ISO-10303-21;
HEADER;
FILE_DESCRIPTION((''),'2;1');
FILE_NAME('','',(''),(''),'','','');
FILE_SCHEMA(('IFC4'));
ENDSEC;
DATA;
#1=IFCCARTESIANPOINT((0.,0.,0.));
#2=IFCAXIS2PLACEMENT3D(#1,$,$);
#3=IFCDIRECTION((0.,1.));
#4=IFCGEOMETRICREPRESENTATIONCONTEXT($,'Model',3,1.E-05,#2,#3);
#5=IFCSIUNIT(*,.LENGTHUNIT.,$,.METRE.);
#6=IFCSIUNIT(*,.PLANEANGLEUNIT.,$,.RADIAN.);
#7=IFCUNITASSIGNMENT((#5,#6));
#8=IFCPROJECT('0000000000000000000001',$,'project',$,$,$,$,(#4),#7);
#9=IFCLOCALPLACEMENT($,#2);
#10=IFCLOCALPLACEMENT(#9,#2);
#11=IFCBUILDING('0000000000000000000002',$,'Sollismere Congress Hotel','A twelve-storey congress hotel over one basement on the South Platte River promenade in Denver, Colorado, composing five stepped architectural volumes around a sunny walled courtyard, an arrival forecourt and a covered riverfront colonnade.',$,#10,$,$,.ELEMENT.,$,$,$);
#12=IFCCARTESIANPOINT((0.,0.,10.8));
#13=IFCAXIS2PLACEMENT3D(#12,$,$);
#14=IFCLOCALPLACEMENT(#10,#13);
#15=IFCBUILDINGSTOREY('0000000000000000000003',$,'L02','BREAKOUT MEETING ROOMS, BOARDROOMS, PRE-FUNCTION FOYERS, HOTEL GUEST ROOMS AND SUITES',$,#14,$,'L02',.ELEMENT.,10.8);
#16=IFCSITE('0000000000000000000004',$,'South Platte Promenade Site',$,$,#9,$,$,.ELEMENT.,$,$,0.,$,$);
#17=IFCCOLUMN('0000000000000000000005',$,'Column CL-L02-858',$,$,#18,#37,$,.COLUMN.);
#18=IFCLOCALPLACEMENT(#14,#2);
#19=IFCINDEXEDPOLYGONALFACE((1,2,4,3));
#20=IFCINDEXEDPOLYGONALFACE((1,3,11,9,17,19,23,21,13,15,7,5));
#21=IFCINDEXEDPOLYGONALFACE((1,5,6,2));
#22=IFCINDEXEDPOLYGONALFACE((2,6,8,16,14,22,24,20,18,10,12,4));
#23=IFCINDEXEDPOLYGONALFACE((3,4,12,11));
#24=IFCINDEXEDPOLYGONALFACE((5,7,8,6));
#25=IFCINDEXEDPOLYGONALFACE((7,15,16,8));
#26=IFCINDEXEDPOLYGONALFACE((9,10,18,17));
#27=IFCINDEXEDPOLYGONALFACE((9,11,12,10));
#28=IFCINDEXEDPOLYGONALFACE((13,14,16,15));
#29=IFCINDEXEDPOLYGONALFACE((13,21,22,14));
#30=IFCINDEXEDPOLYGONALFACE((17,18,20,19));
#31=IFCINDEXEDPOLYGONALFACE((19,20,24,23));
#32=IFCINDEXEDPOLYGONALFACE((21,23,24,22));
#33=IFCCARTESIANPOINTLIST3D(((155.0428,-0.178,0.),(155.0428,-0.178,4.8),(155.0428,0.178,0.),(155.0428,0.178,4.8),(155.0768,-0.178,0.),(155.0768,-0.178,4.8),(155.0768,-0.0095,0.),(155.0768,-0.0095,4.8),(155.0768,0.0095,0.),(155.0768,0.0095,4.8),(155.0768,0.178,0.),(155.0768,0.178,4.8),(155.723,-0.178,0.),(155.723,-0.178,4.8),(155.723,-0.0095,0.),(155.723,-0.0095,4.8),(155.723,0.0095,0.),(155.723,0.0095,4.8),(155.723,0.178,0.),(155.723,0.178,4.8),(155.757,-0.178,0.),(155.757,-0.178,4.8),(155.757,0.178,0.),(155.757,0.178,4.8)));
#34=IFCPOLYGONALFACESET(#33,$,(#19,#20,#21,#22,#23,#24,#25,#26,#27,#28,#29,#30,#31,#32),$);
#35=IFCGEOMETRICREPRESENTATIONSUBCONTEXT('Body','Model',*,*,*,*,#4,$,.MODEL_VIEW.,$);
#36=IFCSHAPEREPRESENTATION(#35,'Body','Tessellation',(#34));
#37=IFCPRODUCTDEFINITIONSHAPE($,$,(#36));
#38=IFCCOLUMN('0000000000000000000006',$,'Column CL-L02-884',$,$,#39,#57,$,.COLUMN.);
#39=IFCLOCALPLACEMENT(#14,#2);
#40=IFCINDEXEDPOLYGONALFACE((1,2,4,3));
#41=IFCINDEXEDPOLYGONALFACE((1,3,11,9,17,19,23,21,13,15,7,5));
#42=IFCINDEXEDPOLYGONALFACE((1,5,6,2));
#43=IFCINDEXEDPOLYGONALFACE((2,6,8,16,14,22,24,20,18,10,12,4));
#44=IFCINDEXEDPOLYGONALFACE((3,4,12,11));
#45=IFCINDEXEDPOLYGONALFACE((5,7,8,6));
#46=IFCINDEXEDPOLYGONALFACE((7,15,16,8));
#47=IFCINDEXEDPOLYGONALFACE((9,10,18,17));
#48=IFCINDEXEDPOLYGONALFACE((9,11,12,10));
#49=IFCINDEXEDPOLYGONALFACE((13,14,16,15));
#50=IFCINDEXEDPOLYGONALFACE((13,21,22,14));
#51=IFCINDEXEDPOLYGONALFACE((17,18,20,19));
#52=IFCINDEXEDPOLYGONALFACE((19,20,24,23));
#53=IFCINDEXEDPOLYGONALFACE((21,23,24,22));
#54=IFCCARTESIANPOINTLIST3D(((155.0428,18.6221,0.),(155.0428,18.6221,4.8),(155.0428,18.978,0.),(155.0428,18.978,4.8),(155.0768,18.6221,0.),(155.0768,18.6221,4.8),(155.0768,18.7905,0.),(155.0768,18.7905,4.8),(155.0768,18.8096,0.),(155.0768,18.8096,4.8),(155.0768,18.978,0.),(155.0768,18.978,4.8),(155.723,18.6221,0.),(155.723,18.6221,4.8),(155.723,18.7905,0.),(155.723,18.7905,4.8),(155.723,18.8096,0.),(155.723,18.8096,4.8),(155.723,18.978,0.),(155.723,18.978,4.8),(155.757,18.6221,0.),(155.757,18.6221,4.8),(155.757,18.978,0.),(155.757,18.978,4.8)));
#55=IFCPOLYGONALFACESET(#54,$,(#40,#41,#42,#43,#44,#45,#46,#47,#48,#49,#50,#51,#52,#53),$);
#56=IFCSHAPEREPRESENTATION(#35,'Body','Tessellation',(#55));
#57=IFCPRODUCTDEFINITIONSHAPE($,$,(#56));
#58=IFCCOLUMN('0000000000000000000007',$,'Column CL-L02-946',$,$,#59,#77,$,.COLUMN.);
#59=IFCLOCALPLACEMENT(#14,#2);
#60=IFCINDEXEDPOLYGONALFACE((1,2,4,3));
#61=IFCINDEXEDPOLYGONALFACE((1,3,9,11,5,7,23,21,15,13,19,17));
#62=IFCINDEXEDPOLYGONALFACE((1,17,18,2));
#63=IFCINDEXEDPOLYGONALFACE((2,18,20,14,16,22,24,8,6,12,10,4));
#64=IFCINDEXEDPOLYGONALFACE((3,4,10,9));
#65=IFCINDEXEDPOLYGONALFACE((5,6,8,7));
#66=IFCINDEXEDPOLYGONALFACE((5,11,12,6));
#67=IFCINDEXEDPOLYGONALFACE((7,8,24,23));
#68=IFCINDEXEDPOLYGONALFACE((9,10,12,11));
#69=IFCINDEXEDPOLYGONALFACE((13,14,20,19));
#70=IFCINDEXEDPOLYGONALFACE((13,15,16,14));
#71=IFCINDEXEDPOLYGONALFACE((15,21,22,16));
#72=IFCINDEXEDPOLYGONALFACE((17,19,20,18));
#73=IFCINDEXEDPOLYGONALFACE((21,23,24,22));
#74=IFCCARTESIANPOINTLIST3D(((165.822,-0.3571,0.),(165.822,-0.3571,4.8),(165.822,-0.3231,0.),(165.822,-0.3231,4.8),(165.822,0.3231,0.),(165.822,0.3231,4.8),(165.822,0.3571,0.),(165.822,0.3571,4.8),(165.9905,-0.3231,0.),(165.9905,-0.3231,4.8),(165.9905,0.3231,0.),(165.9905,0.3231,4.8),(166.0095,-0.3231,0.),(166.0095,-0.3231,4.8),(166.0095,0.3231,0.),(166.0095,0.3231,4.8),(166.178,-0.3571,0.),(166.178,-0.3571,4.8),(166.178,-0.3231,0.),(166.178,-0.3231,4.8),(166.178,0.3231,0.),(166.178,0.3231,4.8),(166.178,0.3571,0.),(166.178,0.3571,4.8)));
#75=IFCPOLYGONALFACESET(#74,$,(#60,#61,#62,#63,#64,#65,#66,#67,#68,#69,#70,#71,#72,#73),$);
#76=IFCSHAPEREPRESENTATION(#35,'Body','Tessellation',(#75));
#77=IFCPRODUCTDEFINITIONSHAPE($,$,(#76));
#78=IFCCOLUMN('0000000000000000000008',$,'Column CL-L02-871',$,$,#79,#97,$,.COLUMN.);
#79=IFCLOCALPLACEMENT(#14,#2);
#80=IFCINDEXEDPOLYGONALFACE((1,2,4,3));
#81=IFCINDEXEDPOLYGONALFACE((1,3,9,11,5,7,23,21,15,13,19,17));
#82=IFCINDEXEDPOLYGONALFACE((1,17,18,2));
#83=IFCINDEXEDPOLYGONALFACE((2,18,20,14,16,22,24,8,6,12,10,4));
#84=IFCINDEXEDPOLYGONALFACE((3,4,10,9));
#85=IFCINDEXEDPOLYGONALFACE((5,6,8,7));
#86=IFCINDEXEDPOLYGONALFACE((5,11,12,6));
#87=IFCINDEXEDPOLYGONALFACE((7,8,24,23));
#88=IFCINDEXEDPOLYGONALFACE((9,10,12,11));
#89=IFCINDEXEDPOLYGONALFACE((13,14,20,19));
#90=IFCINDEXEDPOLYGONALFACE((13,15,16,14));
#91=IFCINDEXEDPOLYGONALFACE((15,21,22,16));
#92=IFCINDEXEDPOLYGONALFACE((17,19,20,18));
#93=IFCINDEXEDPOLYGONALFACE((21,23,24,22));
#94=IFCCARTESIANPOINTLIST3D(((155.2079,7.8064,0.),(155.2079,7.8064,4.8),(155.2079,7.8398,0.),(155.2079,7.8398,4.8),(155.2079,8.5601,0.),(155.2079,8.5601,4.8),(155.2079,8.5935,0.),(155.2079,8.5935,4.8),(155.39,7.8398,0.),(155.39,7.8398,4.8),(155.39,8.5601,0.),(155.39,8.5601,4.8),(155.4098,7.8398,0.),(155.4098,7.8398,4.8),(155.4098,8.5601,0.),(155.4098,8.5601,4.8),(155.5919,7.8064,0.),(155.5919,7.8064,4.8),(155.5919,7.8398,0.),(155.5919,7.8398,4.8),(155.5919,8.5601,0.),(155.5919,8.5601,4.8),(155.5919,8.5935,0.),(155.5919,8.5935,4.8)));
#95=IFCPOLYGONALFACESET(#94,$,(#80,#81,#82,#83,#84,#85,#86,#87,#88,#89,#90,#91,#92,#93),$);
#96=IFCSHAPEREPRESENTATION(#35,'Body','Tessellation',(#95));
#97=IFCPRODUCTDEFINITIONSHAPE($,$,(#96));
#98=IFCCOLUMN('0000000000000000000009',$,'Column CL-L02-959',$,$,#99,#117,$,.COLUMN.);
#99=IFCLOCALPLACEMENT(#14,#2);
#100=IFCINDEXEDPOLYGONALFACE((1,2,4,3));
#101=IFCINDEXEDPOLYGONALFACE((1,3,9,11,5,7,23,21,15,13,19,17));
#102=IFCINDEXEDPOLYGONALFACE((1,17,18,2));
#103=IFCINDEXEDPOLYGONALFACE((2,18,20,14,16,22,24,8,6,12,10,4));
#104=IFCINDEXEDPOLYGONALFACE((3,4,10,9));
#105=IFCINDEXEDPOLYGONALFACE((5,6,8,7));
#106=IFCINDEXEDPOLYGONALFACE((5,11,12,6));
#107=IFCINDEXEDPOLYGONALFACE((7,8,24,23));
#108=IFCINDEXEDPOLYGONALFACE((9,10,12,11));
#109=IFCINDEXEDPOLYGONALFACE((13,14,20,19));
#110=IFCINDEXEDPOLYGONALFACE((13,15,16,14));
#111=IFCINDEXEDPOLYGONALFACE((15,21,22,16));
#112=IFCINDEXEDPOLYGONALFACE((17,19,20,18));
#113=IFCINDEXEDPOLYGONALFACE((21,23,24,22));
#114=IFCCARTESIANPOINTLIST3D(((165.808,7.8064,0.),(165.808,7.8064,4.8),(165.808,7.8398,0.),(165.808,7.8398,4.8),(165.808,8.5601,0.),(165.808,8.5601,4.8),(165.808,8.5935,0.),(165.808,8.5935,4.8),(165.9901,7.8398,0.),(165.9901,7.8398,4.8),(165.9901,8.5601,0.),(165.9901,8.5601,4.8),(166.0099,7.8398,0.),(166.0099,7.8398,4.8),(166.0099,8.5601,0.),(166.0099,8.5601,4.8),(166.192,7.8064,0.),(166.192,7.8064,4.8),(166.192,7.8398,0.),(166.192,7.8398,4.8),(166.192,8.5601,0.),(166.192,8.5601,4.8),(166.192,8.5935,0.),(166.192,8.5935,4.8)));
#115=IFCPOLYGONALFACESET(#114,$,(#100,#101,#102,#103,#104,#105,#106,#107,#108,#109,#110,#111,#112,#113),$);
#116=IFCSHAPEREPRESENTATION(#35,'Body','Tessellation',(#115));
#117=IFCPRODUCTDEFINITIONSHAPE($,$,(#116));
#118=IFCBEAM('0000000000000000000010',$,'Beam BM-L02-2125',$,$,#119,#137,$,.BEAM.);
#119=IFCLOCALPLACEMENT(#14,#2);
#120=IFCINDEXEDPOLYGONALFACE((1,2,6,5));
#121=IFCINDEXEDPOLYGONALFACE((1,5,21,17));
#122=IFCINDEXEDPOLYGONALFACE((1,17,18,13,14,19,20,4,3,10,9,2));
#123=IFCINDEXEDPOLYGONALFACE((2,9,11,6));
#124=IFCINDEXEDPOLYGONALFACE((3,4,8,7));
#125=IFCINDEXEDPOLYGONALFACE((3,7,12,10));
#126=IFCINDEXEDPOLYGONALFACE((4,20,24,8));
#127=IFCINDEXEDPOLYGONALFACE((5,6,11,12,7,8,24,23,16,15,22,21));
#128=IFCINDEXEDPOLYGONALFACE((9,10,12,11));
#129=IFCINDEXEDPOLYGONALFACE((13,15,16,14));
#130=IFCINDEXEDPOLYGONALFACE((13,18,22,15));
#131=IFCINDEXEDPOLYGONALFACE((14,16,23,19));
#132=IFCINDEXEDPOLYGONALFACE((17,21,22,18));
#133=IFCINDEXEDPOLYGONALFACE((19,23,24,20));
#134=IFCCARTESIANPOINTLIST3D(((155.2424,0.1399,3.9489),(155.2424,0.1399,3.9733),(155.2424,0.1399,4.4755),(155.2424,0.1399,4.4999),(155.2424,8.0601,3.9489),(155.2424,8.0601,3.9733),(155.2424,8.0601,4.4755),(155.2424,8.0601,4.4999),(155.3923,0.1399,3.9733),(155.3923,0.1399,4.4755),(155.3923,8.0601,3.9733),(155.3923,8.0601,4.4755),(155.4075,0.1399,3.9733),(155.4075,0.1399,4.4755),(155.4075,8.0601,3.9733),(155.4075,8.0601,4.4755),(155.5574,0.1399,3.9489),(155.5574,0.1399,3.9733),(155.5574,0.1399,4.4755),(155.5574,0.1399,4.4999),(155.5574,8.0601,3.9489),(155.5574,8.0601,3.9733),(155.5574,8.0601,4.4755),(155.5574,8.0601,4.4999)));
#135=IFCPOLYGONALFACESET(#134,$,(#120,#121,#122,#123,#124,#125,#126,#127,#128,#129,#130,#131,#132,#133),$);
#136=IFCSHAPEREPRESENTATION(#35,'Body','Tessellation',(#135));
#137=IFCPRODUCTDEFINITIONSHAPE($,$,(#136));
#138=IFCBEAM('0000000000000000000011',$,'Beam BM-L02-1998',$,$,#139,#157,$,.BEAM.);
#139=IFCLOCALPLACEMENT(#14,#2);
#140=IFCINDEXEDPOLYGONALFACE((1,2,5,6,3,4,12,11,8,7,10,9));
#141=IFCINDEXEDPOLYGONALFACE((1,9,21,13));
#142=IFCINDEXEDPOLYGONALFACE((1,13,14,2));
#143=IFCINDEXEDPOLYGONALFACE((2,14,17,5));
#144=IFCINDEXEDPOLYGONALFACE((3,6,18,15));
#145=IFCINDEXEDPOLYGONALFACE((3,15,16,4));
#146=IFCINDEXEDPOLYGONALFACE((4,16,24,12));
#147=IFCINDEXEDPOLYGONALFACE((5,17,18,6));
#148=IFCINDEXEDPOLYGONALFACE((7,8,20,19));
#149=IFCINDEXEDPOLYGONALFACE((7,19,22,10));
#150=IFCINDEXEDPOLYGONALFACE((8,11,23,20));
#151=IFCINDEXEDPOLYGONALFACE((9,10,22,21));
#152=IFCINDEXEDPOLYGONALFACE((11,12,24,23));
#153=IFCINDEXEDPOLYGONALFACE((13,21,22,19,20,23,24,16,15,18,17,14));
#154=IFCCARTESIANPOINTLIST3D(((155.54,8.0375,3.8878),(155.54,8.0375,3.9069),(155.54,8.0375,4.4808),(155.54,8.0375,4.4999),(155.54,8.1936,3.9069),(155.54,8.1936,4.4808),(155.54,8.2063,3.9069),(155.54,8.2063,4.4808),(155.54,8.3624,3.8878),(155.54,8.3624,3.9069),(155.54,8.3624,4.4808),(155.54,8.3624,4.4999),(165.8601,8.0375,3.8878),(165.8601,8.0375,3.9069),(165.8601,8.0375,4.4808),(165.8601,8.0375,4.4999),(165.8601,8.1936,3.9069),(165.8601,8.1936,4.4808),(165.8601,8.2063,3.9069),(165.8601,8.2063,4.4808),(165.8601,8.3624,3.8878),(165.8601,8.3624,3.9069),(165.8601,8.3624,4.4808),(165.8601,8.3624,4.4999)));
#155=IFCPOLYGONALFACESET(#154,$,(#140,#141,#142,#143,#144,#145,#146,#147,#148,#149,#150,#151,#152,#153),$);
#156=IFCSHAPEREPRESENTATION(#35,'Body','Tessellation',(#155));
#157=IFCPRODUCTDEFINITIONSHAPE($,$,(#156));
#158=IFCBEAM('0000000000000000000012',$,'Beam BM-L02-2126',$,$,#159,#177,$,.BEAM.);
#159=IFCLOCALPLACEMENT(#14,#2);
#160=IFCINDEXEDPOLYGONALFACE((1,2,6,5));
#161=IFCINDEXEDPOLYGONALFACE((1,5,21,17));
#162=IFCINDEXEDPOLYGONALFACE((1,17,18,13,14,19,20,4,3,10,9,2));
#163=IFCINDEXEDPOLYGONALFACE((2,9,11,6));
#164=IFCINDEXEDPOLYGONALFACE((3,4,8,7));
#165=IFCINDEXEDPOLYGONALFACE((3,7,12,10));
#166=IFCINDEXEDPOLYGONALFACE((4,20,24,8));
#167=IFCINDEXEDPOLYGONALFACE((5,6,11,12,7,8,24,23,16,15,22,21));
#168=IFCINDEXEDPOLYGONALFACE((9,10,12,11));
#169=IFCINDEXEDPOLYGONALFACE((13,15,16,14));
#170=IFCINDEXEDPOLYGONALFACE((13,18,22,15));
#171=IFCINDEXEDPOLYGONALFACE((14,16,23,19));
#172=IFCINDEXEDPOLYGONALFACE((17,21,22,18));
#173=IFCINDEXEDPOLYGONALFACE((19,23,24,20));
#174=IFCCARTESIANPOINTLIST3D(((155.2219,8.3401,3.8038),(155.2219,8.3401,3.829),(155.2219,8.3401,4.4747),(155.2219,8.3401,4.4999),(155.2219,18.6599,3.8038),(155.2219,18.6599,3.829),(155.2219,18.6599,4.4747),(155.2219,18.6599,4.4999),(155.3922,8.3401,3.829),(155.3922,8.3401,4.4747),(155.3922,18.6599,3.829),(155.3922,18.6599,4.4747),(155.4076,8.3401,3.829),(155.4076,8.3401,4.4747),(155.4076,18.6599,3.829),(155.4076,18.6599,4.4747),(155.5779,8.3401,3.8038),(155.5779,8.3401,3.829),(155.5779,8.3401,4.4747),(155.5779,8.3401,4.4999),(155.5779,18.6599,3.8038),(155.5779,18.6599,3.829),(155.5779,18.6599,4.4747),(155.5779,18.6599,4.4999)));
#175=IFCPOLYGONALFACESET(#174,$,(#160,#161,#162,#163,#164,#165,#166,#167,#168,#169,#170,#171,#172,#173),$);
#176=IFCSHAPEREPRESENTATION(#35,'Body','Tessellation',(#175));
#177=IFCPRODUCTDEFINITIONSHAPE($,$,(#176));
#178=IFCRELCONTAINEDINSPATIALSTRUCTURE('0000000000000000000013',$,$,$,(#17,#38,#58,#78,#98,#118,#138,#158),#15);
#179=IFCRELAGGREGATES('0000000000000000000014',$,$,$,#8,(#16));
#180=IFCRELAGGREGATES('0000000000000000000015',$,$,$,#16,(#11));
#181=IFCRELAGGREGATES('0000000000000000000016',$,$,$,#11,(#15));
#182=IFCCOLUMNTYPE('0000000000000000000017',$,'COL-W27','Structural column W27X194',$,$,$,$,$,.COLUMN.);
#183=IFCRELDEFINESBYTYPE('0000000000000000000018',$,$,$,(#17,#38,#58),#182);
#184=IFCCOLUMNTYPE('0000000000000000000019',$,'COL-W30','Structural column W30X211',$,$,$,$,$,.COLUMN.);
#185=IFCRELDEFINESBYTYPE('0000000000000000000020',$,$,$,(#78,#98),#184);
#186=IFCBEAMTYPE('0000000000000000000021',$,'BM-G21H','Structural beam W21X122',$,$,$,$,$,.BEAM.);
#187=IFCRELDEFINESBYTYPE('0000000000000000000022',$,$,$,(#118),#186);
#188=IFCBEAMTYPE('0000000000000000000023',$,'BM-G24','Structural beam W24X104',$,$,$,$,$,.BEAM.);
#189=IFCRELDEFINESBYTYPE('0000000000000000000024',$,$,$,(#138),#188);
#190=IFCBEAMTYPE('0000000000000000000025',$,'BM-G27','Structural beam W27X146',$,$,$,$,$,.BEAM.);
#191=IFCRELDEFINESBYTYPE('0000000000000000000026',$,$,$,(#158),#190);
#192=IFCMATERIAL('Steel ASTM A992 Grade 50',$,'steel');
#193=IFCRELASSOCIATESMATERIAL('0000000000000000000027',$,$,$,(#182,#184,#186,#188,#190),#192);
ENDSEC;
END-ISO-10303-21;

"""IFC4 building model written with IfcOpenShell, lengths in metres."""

from ifc_helpers import new_model, si_unit, direction, frame, origin, origin_2d, place, context, subcontext, project, spatial, i_section, extrude, material, material_profile, profile_set, type_object, element, save


model = new_model("IFC4")

# Units and contexts
model_context = context("Model", 3, precision=1e-05, world=origin(), true_north=direction((0.0, 1.0)))
body_context = subcontext(model_context, "Body", "Model", "MODEL_VIEW")
ifc_project = project(units=[si_unit("LENGTHUNIT", "METRE"), si_unit("PLANEANGLEUNIT", "RADIAN")], contexts=[model_context])

# Site, building, storey
site_placement = place(None, origin())
site = spatial("IfcSite", under=ifc_project, at=site_placement, Name="South Platte Promenade Site", CompositionType="ELEMENT", RefElevation=0.0)
building_placement = place(site_placement, origin())
building = spatial("IfcBuilding", under=site, at=building_placement, Name="Sollismere Congress Hotel", Description="A twelve-storey congress hotel over one basement on the South Platte River promenade in Denver, Colorado, composing five stepped architectural volumes around a sunny walled courtyard, an arrival forecourt and a covered riverfront colonnade.", CompositionType="ELEMENT")
storey_placement = place(building_placement, frame((0.0, 0.0, 10.8)))
storey = spatial("IfcBuildingStorey", under=building, at=storey_placement, Name="L02", Description="BREAKOUT MEETING ROOMS, BOARDROOMS, PRE-FUNCTION FOYERS, HOTEL GUEST ROOMS AND SUITES", LongName="L02", CompositionType="ELEMENT", Elevation=10.8)

# Columns
ifc_material_1 = material(Name="Steel ASTM A992 Grade 50", Category="steel")
ifc_material_profile_1 = material_profile(ifc_material_1, i_section(OverallWidth=0.356, OverallDepth=0.7141, WebThickness=0.019, FlangeThickness=0.0339, at=origin_2d()), Name="W27X194")
ifc_profile_set_1 = profile_set([ifc_material_profile_1], Name="Steel ASTM A992 Grade 50")
column_type_1 = type_object("IfcColumnType", Name="COL-W27", Description="Structural column W27X194", PredefinedType="COLUMN", material=ifc_profile_set_1)
for number, where, z_axis, x_axis, name in (
    (1, (155.3999, 0.0, 0.0), (0.0, 0.0, 1.0), (0.0, 1.0, 0.0), "Column CL-L02-858"),
    (2, (155.3999, 18.8, 0.0), (0.0, 0.0, 1.0), (0.0, 1.0, 0.0), "Column CL-L02-884"),
    (3, (166.0, 0.0, 0.0), (0.0, 0.0, 1.0), (1.0, 0.0, 0.0), "Column CL-L02-946"),
):
    element("IfcColumn", number, at=place(storey_placement, frame(where, z_axis=z_axis, x_axis=x_axis)), inside=storey, type_object=column_type_1, Name=name, PredefinedType="COLUMN", context=body_context, shape_type="SweptSolid", body=[
        extrude(i_section(OverallWidth=0.356, OverallDepth=0.7141, WebThickness=0.019, FlangeThickness=0.0339, at=origin_2d()), origin(), (0.0, 0.0, 1.0), 4.8),
    ])
ifc_material_profile_2 = material_profile(ifc_material_1, i_section(OverallWidth=0.384, OverallDepth=0.7871, WebThickness=0.0198, FlangeThickness=0.0334, at=origin_2d()), Name="W30X211")
ifc_profile_set_2 = profile_set([ifc_material_profile_2], Name="Steel ASTM A992 Grade 50")
column_type_2 = type_object("IfcColumnType", Name="COL-W30", Description="Structural column W30X211", PredefinedType="COLUMN", material=ifc_profile_set_2)
for number, where, z_axis, x_axis, name in (
    (4, (155.3999, 8.2, 0.0), (0.0, 0.0, 1.0), (1.0, 0.0, 0.0), "Column CL-L02-871"),
    (5, (166.0, 8.2, 0.0), (0.0, 0.0, 1.0), (1.0, 0.0, 0.0), "Column CL-L02-959"),
):
    element("IfcColumn", number, at=place(storey_placement, frame(where, z_axis=z_axis, x_axis=x_axis)), inside=storey, type_object=column_type_2, Name=name, PredefinedType="COLUMN", context=body_context, shape_type="SweptSolid", body=[
        extrude(i_section(OverallWidth=0.384, OverallDepth=0.7871, WebThickness=0.0198, FlangeThickness=0.0334, at=origin_2d()), origin(), (0.0, 0.0, 1.0), 4.8),
    ])

# Beams
ifc_material_profile_3 = material_profile(ifc_material_1, i_section(OverallWidth=0.3149, OverallDepth=0.551, WebThickness=0.0151, FlangeThickness=0.0244, at=origin_2d()), Name="W21X122")
ifc_profile_set_3 = profile_set([ifc_material_profile_3], Name="Steel ASTM A992 Grade 50")
beam_type_1 = type_object("IfcBeamType", Name="BM-G21H", Description="Structural beam W21X122", PredefinedType="BEAM", material=ifc_profile_set_3)
beam_1_placement = place(storey_placement, frame((155.3999, 0.1399, 4.2244), z_axis=(0.0, 1.0, 0.0), x_axis=(-1.0, 0.0, 0.0)))
element("IfcBeam", 6, at=beam_1_placement, inside=storey, type_object=beam_type_1, Name="Beam BM-L02-2125", PredefinedType="BEAM", context=body_context, shape_type="SweptSolid", body=[
    extrude(i_section(OverallWidth=0.3149, OverallDepth=0.551, WebThickness=0.0151, FlangeThickness=0.0244, at=origin_2d()), origin(), (0.0, 0.0, 1.0), 7.9202),
])
ifc_material_profile_4 = material_profile(ifc_material_1, i_section(OverallWidth=0.325, OverallDepth=0.6121, WebThickness=0.0127, FlangeThickness=0.019, at=origin_2d()), Name="W24X104")
ifc_profile_set_4 = profile_set([ifc_material_profile_4], Name="Steel ASTM A992 Grade 50")
beam_type_2 = type_object("IfcBeamType", Name="BM-G24", Description="Structural beam W24X104", PredefinedType="BEAM", material=ifc_profile_set_4)
beam_2_placement = place(storey_placement, frame((155.54, 8.2, 4.1938), z_axis=(1.0, 0.0, 0.0), x_axis=(0.0, 1.0, 0.0)))
element("IfcBeam", 7, at=beam_2_placement, inside=storey, type_object=beam_type_2, Name="Beam BM-L02-1998", PredefinedType="BEAM", context=body_context, shape_type="SweptSolid", body=[
    extrude(i_section(OverallWidth=0.325, OverallDepth=0.6121, WebThickness=0.0127, FlangeThickness=0.019, at=origin_2d()), origin(), (0.0, 0.0, 1.0), 10.3201),
])
ifc_material_profile_5 = material_profile(ifc_material_1, i_section(OverallWidth=0.356, OverallDepth=0.696, WebThickness=0.0154, FlangeThickness=0.0251, at=origin_2d()), Name="W27X146")
ifc_profile_set_5 = profile_set([ifc_material_profile_5], Name="Steel ASTM A992 Grade 50")
beam_type_3 = type_object("IfcBeamType", Name="BM-G27", Description="Structural beam W27X146", PredefinedType="BEAM", material=ifc_profile_set_5)
beam_3_placement = place(storey_placement, frame((155.3999, 8.3401, 4.1519), z_axis=(0.0, 1.0, 0.0), x_axis=(-1.0, 0.0, 0.0)))
element("IfcBeam", 8, at=beam_3_placement, inside=storey, type_object=beam_type_3, Name="Beam BM-L02-2126", PredefinedType="BEAM", context=body_context, shape_type="SweptSolid", body=[
    extrude(i_section(OverallWidth=0.356, OverallDepth=0.696, WebThickness=0.0154, FlangeThickness=0.0251, at=origin_2d()), origin(), (0.0, 0.0, 1.0), 10.3198),
])

save(model, "model.ifc")
